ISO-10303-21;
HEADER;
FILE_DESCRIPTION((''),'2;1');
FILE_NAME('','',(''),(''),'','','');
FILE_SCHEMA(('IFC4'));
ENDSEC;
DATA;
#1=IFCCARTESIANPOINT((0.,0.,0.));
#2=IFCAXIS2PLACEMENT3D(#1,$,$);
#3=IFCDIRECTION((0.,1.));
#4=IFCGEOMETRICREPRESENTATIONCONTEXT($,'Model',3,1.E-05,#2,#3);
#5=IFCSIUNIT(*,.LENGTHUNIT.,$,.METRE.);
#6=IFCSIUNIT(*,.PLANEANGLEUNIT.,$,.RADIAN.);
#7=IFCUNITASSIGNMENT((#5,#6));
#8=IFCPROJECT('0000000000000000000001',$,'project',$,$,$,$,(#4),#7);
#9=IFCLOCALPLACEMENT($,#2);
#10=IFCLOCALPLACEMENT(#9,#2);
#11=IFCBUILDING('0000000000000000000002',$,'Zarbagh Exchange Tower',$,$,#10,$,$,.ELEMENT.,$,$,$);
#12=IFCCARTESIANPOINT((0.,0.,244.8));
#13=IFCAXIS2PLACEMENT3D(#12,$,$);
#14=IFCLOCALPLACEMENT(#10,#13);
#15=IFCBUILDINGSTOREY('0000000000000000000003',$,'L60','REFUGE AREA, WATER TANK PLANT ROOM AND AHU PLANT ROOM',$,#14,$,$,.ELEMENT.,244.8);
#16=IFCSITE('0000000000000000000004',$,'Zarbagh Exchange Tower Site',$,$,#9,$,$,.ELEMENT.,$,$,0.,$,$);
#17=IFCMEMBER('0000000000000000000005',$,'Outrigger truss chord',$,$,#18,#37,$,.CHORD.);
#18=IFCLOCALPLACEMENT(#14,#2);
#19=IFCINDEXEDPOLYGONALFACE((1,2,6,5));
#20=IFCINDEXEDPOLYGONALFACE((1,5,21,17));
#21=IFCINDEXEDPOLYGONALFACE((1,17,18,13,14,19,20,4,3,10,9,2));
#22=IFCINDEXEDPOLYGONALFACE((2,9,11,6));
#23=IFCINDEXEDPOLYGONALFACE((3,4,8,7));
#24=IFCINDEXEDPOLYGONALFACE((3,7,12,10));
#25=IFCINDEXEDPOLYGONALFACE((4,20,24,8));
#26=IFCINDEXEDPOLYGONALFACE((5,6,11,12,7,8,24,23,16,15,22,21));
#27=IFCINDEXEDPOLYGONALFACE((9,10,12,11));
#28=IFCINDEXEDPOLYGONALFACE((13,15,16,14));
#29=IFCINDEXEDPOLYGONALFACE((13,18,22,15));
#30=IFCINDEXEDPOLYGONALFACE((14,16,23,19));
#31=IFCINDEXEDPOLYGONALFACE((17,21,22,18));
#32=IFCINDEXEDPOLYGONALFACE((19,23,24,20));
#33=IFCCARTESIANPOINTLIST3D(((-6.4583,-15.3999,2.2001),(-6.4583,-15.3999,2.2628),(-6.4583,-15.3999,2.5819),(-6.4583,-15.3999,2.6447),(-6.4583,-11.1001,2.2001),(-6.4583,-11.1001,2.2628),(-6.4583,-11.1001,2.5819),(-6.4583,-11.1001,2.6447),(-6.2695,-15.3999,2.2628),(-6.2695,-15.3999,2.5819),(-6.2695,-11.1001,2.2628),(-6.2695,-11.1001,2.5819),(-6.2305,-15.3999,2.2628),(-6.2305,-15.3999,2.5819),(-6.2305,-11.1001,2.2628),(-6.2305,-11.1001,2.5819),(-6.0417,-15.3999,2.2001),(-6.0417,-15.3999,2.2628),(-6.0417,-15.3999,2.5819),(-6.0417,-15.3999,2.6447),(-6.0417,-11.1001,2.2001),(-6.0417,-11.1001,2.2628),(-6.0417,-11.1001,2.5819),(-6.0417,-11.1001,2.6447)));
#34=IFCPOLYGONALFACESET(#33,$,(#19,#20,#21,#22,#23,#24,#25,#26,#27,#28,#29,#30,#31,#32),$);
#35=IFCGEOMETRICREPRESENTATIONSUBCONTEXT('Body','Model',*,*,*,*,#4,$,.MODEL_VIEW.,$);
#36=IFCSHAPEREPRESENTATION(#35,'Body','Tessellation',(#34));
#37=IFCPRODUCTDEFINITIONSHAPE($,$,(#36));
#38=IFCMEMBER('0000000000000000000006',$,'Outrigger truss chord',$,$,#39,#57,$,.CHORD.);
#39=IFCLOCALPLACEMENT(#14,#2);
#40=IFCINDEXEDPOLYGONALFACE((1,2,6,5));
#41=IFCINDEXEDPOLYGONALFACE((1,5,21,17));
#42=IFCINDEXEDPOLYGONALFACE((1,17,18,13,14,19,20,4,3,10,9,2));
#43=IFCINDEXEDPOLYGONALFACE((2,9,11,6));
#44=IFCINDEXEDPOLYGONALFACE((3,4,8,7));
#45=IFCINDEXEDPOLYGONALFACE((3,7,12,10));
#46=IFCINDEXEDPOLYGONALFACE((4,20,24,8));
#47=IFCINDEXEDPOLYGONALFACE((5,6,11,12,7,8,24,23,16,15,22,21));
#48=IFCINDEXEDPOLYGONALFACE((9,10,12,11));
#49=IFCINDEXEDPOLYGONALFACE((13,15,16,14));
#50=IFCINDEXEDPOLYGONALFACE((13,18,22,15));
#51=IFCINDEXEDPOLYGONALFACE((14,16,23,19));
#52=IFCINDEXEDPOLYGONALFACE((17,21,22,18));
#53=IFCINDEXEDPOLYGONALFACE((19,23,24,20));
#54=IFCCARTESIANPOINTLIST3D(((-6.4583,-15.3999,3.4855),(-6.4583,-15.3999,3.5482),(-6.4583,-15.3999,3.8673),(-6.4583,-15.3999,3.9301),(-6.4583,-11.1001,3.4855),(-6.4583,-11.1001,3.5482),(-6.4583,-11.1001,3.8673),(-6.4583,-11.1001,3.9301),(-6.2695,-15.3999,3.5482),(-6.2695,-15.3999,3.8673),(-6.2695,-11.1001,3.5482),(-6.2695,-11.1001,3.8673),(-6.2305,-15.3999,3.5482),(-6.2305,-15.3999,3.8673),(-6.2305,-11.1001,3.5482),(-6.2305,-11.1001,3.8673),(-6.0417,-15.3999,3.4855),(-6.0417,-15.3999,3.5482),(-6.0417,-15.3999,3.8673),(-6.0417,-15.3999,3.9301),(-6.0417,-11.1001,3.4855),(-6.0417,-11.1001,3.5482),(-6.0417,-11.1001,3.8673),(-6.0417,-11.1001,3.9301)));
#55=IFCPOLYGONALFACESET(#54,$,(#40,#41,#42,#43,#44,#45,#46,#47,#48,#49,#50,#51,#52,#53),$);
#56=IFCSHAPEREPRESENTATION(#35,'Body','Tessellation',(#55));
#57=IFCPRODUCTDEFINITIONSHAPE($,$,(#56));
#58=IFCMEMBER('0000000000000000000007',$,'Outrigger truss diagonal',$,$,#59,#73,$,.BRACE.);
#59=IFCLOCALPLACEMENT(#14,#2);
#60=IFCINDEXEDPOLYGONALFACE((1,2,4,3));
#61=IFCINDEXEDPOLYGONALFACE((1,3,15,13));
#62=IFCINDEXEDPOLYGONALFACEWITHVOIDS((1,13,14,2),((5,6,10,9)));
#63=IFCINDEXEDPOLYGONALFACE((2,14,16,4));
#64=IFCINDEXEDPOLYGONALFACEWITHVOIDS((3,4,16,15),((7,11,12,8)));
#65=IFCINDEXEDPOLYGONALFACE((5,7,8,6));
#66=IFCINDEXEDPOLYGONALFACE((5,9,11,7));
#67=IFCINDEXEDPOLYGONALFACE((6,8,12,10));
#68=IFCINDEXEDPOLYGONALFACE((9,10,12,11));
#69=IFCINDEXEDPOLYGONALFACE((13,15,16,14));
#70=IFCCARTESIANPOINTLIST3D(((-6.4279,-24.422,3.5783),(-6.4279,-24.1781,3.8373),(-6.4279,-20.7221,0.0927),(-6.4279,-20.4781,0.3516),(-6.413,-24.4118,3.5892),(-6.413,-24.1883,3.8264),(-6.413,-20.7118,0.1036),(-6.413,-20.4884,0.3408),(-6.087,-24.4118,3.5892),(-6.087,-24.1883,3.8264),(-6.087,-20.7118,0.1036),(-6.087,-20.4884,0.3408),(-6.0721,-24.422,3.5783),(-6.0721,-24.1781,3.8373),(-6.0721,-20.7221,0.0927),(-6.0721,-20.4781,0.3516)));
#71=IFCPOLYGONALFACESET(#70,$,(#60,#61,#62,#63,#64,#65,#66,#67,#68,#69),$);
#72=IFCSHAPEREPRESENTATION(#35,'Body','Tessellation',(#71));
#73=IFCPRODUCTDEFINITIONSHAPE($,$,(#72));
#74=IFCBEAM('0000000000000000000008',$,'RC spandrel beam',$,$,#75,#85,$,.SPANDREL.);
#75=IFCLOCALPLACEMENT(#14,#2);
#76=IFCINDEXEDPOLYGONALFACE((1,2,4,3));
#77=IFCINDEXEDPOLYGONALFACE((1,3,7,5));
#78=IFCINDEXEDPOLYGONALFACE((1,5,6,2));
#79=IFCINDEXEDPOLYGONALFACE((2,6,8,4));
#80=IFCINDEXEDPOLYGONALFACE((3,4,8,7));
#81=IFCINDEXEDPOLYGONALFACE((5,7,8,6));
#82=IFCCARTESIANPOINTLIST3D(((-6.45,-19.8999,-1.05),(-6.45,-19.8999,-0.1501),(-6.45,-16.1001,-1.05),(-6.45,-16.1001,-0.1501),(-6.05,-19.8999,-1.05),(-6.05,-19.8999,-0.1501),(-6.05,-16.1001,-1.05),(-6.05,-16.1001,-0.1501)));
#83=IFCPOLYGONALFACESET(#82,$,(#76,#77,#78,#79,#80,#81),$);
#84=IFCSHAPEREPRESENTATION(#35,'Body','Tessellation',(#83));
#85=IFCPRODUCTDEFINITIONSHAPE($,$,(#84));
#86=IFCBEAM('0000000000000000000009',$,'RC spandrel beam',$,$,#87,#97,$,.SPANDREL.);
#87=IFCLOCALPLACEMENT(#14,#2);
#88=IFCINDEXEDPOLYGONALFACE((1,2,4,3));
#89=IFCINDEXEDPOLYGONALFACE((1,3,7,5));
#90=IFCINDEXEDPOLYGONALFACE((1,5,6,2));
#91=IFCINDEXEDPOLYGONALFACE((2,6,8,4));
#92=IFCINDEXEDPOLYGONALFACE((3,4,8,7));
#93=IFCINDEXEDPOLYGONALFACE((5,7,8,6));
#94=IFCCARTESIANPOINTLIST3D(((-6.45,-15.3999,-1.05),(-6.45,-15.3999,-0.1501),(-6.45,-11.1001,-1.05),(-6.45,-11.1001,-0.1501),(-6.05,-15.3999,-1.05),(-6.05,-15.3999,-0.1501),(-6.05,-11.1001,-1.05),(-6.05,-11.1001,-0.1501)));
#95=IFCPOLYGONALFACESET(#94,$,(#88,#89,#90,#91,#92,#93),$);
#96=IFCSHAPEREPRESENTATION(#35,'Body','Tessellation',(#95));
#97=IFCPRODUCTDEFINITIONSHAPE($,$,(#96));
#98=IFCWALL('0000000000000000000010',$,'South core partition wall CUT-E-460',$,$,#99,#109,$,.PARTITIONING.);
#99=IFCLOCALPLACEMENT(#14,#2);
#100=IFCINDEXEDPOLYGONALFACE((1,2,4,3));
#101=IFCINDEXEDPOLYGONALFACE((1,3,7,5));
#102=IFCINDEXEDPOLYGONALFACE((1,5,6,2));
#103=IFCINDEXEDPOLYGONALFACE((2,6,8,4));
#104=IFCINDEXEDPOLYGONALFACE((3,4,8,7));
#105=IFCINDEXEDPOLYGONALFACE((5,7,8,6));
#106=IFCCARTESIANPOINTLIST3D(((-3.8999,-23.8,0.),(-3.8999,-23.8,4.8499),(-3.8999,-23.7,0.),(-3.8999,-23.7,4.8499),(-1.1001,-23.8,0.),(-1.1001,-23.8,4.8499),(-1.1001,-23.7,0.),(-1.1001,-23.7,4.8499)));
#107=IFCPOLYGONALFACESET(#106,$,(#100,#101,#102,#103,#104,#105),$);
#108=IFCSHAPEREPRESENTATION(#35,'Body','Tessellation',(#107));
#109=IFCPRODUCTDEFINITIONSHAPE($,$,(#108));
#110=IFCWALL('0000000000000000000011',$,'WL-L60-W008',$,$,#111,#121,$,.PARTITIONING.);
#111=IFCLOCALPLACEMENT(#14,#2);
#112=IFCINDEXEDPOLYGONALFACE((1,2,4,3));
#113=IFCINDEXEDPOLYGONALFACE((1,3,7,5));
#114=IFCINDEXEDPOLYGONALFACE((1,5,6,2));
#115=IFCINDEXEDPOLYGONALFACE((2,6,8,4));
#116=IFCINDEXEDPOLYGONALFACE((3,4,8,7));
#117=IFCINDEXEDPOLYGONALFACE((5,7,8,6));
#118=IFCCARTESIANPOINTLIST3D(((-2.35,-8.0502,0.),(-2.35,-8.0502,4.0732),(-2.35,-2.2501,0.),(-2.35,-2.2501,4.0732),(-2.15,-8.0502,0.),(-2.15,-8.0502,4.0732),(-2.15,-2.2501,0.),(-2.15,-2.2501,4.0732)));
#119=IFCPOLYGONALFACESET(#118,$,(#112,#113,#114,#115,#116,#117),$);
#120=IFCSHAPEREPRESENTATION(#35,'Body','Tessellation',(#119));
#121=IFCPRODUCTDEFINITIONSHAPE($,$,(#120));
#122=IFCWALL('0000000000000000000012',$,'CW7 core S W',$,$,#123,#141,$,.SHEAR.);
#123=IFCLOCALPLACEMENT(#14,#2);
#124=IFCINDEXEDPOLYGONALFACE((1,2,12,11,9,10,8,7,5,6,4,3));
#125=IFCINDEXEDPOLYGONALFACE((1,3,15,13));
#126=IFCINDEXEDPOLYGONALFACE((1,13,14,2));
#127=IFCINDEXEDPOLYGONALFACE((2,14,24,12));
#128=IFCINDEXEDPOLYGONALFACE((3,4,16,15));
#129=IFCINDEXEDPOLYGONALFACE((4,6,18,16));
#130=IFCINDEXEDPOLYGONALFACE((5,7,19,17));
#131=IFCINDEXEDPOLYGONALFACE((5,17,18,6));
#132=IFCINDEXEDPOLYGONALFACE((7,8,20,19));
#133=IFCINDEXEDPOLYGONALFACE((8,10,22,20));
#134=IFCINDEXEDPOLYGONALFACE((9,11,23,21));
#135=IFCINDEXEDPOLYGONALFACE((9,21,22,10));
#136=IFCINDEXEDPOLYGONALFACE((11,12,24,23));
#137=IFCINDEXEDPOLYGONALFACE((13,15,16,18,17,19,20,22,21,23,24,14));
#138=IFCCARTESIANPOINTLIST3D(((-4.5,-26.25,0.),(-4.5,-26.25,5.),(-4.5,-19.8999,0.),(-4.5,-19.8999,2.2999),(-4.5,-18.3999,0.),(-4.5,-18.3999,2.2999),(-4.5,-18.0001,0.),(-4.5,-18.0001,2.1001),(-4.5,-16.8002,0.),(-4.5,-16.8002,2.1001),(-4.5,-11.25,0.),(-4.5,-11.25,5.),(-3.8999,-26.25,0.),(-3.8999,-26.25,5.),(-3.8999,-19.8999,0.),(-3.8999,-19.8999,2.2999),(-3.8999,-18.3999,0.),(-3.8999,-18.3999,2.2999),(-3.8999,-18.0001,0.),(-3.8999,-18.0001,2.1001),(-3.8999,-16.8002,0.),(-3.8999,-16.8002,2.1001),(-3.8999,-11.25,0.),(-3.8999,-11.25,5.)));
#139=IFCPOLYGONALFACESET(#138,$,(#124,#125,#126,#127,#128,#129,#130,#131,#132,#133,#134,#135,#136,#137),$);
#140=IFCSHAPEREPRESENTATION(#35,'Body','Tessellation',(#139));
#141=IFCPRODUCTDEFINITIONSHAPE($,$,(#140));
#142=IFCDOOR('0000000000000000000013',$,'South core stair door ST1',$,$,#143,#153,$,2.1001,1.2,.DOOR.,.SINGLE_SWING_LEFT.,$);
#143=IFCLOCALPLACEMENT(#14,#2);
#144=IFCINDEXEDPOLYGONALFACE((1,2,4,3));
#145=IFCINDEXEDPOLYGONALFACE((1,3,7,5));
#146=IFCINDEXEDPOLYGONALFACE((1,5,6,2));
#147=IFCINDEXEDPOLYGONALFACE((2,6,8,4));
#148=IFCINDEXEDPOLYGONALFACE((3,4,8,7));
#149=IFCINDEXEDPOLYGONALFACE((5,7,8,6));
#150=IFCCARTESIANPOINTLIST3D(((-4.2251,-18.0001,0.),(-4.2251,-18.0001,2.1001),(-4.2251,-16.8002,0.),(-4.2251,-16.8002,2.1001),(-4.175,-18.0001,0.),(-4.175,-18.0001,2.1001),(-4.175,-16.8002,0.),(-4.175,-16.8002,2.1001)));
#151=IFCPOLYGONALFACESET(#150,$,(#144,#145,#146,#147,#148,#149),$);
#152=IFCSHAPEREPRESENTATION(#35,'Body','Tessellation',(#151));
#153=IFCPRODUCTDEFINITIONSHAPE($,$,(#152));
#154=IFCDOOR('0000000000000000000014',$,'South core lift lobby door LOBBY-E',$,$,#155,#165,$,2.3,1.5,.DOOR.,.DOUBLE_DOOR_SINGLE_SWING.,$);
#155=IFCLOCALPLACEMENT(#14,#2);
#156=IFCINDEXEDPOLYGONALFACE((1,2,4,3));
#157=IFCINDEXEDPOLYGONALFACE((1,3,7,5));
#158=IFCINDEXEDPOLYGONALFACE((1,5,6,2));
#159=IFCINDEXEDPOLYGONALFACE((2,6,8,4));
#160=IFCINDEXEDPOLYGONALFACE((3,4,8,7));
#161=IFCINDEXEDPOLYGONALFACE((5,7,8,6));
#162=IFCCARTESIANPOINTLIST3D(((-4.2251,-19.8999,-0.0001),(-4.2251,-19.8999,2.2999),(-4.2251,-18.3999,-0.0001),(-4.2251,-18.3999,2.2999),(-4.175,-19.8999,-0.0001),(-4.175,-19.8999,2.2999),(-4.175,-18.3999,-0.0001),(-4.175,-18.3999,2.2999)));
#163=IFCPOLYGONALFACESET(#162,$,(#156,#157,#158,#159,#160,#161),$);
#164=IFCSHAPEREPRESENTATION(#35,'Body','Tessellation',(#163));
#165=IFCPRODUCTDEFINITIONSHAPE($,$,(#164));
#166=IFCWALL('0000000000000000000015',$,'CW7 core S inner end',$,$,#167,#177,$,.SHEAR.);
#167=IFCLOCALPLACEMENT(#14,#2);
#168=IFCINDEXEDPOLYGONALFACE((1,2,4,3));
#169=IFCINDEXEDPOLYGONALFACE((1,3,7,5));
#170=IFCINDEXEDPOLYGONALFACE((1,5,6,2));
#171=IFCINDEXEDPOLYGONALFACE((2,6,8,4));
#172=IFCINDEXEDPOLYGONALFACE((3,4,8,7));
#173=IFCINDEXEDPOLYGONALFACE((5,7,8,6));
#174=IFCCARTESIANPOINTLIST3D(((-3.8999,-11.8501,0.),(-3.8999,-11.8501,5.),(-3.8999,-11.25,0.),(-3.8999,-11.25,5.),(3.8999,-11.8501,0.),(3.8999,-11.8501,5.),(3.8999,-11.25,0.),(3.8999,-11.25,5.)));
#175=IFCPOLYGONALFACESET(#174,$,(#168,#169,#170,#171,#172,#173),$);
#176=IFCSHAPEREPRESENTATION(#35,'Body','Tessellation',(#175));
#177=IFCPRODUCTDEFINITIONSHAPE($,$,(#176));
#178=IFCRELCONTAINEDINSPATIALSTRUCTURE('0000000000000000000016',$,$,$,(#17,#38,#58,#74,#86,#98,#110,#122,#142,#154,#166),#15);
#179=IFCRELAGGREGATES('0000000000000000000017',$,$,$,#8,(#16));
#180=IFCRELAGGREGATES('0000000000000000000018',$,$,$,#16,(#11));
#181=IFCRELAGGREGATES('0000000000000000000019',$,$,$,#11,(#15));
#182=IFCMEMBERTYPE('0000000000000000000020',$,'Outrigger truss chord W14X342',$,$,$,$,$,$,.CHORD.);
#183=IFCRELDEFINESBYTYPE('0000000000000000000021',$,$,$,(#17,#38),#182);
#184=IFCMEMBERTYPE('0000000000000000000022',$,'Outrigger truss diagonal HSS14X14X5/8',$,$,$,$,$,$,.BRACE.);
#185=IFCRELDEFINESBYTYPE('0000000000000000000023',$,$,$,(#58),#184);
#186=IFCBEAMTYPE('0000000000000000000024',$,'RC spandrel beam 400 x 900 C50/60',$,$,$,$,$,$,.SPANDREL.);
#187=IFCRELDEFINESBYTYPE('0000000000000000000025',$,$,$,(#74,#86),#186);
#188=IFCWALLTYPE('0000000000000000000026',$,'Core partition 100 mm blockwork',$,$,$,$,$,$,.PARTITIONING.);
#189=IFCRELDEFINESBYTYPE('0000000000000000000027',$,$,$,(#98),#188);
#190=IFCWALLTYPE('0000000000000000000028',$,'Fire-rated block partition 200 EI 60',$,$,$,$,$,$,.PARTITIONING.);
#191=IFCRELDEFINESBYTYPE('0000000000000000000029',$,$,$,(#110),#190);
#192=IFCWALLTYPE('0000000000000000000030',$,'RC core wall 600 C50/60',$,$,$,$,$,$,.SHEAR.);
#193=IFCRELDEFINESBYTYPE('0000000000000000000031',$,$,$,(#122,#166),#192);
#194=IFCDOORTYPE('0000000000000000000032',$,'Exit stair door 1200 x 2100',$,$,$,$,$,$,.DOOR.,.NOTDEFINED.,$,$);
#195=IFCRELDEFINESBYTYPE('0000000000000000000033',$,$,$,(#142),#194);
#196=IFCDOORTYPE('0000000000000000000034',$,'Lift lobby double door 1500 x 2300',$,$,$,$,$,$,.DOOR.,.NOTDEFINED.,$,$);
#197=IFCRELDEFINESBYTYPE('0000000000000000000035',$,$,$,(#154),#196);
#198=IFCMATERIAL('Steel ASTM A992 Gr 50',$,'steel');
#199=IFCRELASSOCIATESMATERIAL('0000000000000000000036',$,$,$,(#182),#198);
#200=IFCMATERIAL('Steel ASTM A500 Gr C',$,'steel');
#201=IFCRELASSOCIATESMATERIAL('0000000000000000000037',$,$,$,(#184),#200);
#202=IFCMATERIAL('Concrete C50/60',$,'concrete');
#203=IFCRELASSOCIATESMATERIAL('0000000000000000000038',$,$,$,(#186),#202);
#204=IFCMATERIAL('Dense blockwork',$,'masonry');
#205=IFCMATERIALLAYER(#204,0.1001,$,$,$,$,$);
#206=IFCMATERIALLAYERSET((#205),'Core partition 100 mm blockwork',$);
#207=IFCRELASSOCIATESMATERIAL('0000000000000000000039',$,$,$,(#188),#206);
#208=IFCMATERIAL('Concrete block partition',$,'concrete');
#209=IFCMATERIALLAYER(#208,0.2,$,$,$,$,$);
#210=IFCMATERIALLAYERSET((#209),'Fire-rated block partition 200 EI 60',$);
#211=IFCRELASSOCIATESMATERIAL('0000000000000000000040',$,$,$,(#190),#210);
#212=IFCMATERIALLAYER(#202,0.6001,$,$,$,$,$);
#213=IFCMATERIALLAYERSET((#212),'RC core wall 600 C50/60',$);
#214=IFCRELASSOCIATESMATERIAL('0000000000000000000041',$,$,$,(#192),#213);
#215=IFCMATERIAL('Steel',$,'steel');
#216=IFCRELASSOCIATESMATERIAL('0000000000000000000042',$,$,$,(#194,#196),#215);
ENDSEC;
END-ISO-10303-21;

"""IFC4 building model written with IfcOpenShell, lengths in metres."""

from ifc_helpers import new_model, si_unit, direction, frame, frame_2d, origin, origin_2d, place, context, subcontext, project, spatial, rectangle, hollow_rectangle, i_section, extrude, material, layer, layer_set, material_profile, profile_set, type_object, element, fill, save


model = new_model("IFC4")

# Units and contexts
model_context = context("Model", 3, precision=1e-05, world=origin(), true_north=direction((0.0, 1.0)))
body_context = subcontext(model_context, "Body", "Model", "MODEL_VIEW")
ifc_project = project(units=[si_unit("LENGTHUNIT", "METRE"), si_unit("PLANEANGLEUNIT", "RADIAN")], contexts=[model_context])

# Site, building, storey
site_placement = place(None, origin())
site = spatial("IfcSite", under=ifc_project, at=site_placement, Name="Zarbagh Exchange Tower Site", CompositionType="ELEMENT", RefElevation=0.0)
building_placement = place(site_placement, origin())
building = spatial("IfcBuilding", under=site, at=building_placement, Name="Zarbagh Exchange Tower", CompositionType="ELEMENT")
storey_placement = place(building_placement, frame((0.0, 0.0, 244.8)))
storey = spatial("IfcBuildingStorey", under=building, at=storey_placement, Name="L60", Description="REFUGE AREA, WATER TANK PLANT ROOM AND AHU PLANT ROOM", CompositionType="ELEMENT", Elevation=244.8)

# Shared definitions
ifc_material_1 = material(Name="Concrete C50/60", Category="concrete")

# Shared definitions
ifc_material_2 = material(Name="Steel ASTM A992 Gr 50", Category="steel")

# Members
ifc_material_profile_1 = material_profile(ifc_material_2, i_section(OverallWidth=0.4165, OverallDepth=0.4446, WebThickness=0.0391, FlangeThickness=0.0627, at=origin_2d()), Name="W14X342")
ifc_profile_set_1 = profile_set([ifc_material_profile_1], Name="Steel ASTM A992 Gr 50")
member_type_1 = type_object("IfcMemberType", Name="Outrigger truss chord W14X342", PredefinedType="CHORD", material=ifc_profile_set_1)
for number, where, z_axis, x_axis, name in (
    (1, (-6.25, -15.3999, 2.4224), (0.0, 1.0, 0.0), (-1.0, 0.0, 0.0), "Outrigger truss chord"),
    (2, (-6.25, -15.3999, 3.7078), (0.0, 1.0, 0.0), (-1.0, 0.0, 0.0), "Outrigger truss chord"),
):
    element("IfcMember", number, at=place(storey_placement, frame(where, z_axis=z_axis, x_axis=x_axis)), inside=storey, type_object=member_type_1, Name=name, PredefinedType="CHORD", context=body_context, shape_type="SweptSolid", body=[
        extrude(i_section(OverallWidth=0.4165, OverallDepth=0.4446, WebThickness=0.0391, FlangeThickness=0.0627, at=origin_2d()), origin(), (0.0, 0.0, 1.0), 4.2998),
    ])
ifc_material_3 = material(Name="Steel ASTM A500 Gr C", Category="steel")
ifc_material_profile_2 = material_profile(ifc_material_3, hollow_rectangle(XDim=0.3557, YDim=0.3557, WallThickness=0.0149, at=origin_2d()), Name="HSS14X14X5/8")
ifc_profile_set_2 = profile_set([ifc_material_profile_2], Name="Steel ASTM A500 Gr C")
member_type_2 = type_object("IfcMemberType", Name="Outrigger truss diagonal HSS14X14X5/8", PredefinedType="BRACE", material=ifc_profile_set_2)
member_placement = place(storey_placement, frame((-6.25, -20.6001, 0.2222), z_axis=(0.0, -0.727877, 0.685708), x_axis=(1.0, 0.0, 0.0)))
element("IfcMember", 3, at=member_placement, inside=storey, type_object=member_type_2, Name="Outrigger truss diagonal", PredefinedType="BRACE", context=body_context, shape_type="SweptSolid", body=[
    extrude(hollow_rectangle(XDim=0.3557, YDim=0.3557, WallThickness=0.0149, at=origin_2d()), origin(), (0.0, 0.0, 1.0), 5.0833),
])

# Beams
ifc_material_profile_3 = material_profile(ifc_material_1, rectangle(XDim=0.3999, YDim=0.8999, at=origin_2d()), Name="RC spandrel beam 400 x 900 C50/60")
ifc_profile_set_3 = profile_set([ifc_material_profile_3], Name="Concrete C50/60")
beam_type_1 = type_object("IfcBeamType", Name="RC spandrel beam 400 x 900 C50/60", PredefinedType="SPANDREL", material=ifc_profile_set_3)
beam_1_placement = place(storey_placement, frame((-6.25, -19.8999, -0.6001), z_axis=(0.0, 1.0, 0.0), x_axis=(-1.0, 0.0, 0.0)))
element("IfcBeam", 4, at=beam_1_placement, inside=storey, type_object=beam_type_1, Name="RC spandrel beam", PredefinedType="SPANDREL", context=body_context, shape_type="SweptSolid", body=[
    extrude(rectangle(XDim=0.3999, YDim=0.8999, at=origin_2d()), origin(), (0.0, 0.0, 1.0), 3.7998),
])
beam_2_placement = place(storey_placement, frame((-6.25, -15.3999, -0.6001), z_axis=(0.0, 1.0, 0.0), x_axis=(-1.0, 0.0, 0.0)))
element("IfcBeam", 5, at=beam_2_placement, inside=storey, type_object=beam_type_1, Name="RC spandrel beam", PredefinedType="SPANDREL", context=body_context, shape_type="SweptSolid", body=[
    extrude(rectangle(XDim=0.3999, YDim=0.8999, at=origin_2d()), origin(), (0.0, 0.0, 1.0), 4.2998),
])

# Walls
ifc_material_4 = material(Name="Dense blockwork", Category="masonry")
ifc_layer_1 = layer(ifc_material_4, 0.1001)
ifc_layer_set_1 = layer_set([ifc_layer_1], Name="Core partition 100 mm blockwork")
wall_type_1 = type_object("IfcWallType", Name="Core partition 100 mm blockwork", PredefinedType="PARTITIONING", material=ifc_layer_set_1)
wall_1_placement = place(storey_placement, frame((-1.1001, -23.75, 0.0), z_axis=(0.0, 0.0, 1.0), x_axis=(-1.0, 0.0, 0.0)))
element("IfcWall", 6, at=wall_1_placement, inside=storey, type_object=wall_type_1, Name="South core partition wall CUT-E-460", PredefinedType="PARTITIONING", context=body_context, shape_type="SweptSolid", body=[
    extrude(rectangle(XDim=2.7998, YDim=0.1001, at=frame_2d((1.3999, 0.0))), origin(), (0.0, 0.0, 1.0), 4.8499),
])
ifc_material_5 = material(Name="Concrete block partition", Category="concrete")
ifc_layer_2 = layer(ifc_material_5, 0.2)
ifc_layer_set_2 = layer_set([ifc_layer_2], Name="Fire-rated block partition 200 EI 60")
wall_type_2 = type_object("IfcWallType", Name="Fire-rated block partition 200 EI 60", PredefinedType="PARTITIONING", material=ifc_layer_set_2)
wall_2_placement = place(storey_placement, frame((-2.25, -8.05, 0.0), z_axis=(0.0, 0.0, 1.0), x_axis=(0.0, 1.0, 0.0)))
element("IfcWall", 7, at=wall_2_placement, inside=storey, type_object=wall_type_2, Name="WL-L60-W008", PredefinedType="PARTITIONING", context=body_context, shape_type="SweptSolid", body=[
    extrude(rectangle(XDim=5.8, YDim=0.2, at=frame_2d((2.8999, 0.0))), origin(), (0.0, 0.0, 1.0), 4.0732),
])

# Wall, openings, doors
ifc_layer_3 = layer(ifc_material_1, 0.6001)
ifc_layer_set_3 = layer_set([ifc_layer_3], Name="RC core wall 600 C50/60")
wall_type_3 = type_object("IfcWallType", Name="RC core wall 600 C50/60", PredefinedType="SHEAR", material=ifc_layer_set_3)
wall_3_placement = place(storey_placement, frame((-4.2, -11.25, 0.0), z_axis=(0.0, 0.0, 1.0), x_axis=(0.0, -1.0, 0.0)))
wall_3 = element("IfcWall", 8, at=wall_3_placement, inside=storey, type_object=wall_type_3, Name="CW7 core S W", PredefinedType="SHEAR", context=body_context, shape_type="SweptSolid", body=[
    extrude(rectangle(XDim=15.0, YDim=0.6001, at=frame_2d((7.5, 0.0))), origin(), (0.0, 0.0, 1.0), 5.0),
])
opening_1_placement = place(wall_3_placement, frame((7.1499, 0.0, 0.0)))
opening_1 = element("IfcOpeningElement", 9, at=opening_1_placement, cuts=wall_3, PredefinedType="OPENING", context=body_context, shape_type="SweptSolid", body=[
    extrude(rectangle(XDim=1.5, YDim=2.3, at=frame_2d((0.75, 1.1499))), frame((0.0, 0.3101, 0.0), z_axis=(0.0, -1.0, 0.0), x_axis=(1.0, 0.0, 0.0)), (0.0, 0.0, 1.0), 0.6201),
])
opening_2_placement = place(wall_3_placement, frame((5.55, 0.0, 0.0)))
opening_2 = element("IfcOpeningElement", 10, at=opening_2_placement, cuts=wall_3, PredefinedType="OPENING", context=body_context, shape_type="SweptSolid", body=[
    extrude(rectangle(XDim=1.2, YDim=2.1001, at=frame_2d((0.6001, 1.05))), frame((0.0, 0.3101, 0.0), z_axis=(0.0, -1.0, 0.0), x_axis=(1.0, 0.0, 0.0)), (0.0, 0.0, 1.0), 0.6201),
])
ifc_material_6 = material(Name="Steel", Category="steel")
door_type_1 = type_object("IfcDoorType", Name="Exit stair door 1200 x 2100", OperationType="NOTDEFINED", PredefinedType="DOOR", material=ifc_material_6)
door_1_placement = place(opening_2_placement, origin())
door_1 = element("IfcDoor", 11, at=door_1_placement, inside=storey, type_object=door_type_1, Name="South core stair door ST1", OperationType="SINGLE_SWING_LEFT", OverallHeight=2.1001, OverallWidth=1.2, PredefinedType="DOOR", context=body_context, shape_type="SweptSolid", body=[
    extrude(rectangle(XDim=1.2, YDim=2.1001, at=frame_2d((0.6001, 1.05))), frame((0.0, 0.0249, 0.0), z_axis=(0.0, -1.0, 0.0), x_axis=(1.0, 0.0, 0.0)), (0.0, 0.0, 1.0), 0.05),
])
fill(opening_2, door_1)
door_type_2 = type_object("IfcDoorType", Name="Lift lobby double door 1500 x 2300", OperationType="NOTDEFINED", PredefinedType="DOOR", material=ifc_material_6)
door_2_placement = place(opening_1_placement, origin())
door_2 = element("IfcDoor", 12, at=door_2_placement, inside=storey, type_object=door_type_2, Name="South core lift lobby door LOBBY-E", OperationType="DOUBLE_DOOR_SINGLE_SWING", OverallHeight=2.3, OverallWidth=1.5, PredefinedType="DOOR", context=body_context, shape_type="SweptSolid", body=[
    extrude(rectangle(XDim=1.5, YDim=2.3, at=frame_2d((0.75, 1.1499))), frame((0.0, 0.0249, 0.0), z_axis=(0.0, -1.0, 0.0), x_axis=(1.0, 0.0, 0.0)), (0.0, 0.0, 1.0), 0.05),
])
fill(opening_1, door_2)

# Wall
wall_4_placement = place(storey_placement, frame((-3.8999, -11.55, 0.0), z_axis=(0.0, 0.0, 1.0), x_axis=(1.0, 0.0, 0.0)))
element("IfcWall", 13, at=wall_4_placement, inside=storey, type_object=wall_type_3, Name="CW7 core S inner end", PredefinedType="SHEAR", context=body_context, shape_type="SweptSolid", body=[
    extrude(rectangle(XDim=7.7998, YDim=0.6001, at=frame_2d((3.8999, 0.0))), origin(), (0.0, 0.0, 1.0), 5.0),
])

save(model, "model.ifc")
